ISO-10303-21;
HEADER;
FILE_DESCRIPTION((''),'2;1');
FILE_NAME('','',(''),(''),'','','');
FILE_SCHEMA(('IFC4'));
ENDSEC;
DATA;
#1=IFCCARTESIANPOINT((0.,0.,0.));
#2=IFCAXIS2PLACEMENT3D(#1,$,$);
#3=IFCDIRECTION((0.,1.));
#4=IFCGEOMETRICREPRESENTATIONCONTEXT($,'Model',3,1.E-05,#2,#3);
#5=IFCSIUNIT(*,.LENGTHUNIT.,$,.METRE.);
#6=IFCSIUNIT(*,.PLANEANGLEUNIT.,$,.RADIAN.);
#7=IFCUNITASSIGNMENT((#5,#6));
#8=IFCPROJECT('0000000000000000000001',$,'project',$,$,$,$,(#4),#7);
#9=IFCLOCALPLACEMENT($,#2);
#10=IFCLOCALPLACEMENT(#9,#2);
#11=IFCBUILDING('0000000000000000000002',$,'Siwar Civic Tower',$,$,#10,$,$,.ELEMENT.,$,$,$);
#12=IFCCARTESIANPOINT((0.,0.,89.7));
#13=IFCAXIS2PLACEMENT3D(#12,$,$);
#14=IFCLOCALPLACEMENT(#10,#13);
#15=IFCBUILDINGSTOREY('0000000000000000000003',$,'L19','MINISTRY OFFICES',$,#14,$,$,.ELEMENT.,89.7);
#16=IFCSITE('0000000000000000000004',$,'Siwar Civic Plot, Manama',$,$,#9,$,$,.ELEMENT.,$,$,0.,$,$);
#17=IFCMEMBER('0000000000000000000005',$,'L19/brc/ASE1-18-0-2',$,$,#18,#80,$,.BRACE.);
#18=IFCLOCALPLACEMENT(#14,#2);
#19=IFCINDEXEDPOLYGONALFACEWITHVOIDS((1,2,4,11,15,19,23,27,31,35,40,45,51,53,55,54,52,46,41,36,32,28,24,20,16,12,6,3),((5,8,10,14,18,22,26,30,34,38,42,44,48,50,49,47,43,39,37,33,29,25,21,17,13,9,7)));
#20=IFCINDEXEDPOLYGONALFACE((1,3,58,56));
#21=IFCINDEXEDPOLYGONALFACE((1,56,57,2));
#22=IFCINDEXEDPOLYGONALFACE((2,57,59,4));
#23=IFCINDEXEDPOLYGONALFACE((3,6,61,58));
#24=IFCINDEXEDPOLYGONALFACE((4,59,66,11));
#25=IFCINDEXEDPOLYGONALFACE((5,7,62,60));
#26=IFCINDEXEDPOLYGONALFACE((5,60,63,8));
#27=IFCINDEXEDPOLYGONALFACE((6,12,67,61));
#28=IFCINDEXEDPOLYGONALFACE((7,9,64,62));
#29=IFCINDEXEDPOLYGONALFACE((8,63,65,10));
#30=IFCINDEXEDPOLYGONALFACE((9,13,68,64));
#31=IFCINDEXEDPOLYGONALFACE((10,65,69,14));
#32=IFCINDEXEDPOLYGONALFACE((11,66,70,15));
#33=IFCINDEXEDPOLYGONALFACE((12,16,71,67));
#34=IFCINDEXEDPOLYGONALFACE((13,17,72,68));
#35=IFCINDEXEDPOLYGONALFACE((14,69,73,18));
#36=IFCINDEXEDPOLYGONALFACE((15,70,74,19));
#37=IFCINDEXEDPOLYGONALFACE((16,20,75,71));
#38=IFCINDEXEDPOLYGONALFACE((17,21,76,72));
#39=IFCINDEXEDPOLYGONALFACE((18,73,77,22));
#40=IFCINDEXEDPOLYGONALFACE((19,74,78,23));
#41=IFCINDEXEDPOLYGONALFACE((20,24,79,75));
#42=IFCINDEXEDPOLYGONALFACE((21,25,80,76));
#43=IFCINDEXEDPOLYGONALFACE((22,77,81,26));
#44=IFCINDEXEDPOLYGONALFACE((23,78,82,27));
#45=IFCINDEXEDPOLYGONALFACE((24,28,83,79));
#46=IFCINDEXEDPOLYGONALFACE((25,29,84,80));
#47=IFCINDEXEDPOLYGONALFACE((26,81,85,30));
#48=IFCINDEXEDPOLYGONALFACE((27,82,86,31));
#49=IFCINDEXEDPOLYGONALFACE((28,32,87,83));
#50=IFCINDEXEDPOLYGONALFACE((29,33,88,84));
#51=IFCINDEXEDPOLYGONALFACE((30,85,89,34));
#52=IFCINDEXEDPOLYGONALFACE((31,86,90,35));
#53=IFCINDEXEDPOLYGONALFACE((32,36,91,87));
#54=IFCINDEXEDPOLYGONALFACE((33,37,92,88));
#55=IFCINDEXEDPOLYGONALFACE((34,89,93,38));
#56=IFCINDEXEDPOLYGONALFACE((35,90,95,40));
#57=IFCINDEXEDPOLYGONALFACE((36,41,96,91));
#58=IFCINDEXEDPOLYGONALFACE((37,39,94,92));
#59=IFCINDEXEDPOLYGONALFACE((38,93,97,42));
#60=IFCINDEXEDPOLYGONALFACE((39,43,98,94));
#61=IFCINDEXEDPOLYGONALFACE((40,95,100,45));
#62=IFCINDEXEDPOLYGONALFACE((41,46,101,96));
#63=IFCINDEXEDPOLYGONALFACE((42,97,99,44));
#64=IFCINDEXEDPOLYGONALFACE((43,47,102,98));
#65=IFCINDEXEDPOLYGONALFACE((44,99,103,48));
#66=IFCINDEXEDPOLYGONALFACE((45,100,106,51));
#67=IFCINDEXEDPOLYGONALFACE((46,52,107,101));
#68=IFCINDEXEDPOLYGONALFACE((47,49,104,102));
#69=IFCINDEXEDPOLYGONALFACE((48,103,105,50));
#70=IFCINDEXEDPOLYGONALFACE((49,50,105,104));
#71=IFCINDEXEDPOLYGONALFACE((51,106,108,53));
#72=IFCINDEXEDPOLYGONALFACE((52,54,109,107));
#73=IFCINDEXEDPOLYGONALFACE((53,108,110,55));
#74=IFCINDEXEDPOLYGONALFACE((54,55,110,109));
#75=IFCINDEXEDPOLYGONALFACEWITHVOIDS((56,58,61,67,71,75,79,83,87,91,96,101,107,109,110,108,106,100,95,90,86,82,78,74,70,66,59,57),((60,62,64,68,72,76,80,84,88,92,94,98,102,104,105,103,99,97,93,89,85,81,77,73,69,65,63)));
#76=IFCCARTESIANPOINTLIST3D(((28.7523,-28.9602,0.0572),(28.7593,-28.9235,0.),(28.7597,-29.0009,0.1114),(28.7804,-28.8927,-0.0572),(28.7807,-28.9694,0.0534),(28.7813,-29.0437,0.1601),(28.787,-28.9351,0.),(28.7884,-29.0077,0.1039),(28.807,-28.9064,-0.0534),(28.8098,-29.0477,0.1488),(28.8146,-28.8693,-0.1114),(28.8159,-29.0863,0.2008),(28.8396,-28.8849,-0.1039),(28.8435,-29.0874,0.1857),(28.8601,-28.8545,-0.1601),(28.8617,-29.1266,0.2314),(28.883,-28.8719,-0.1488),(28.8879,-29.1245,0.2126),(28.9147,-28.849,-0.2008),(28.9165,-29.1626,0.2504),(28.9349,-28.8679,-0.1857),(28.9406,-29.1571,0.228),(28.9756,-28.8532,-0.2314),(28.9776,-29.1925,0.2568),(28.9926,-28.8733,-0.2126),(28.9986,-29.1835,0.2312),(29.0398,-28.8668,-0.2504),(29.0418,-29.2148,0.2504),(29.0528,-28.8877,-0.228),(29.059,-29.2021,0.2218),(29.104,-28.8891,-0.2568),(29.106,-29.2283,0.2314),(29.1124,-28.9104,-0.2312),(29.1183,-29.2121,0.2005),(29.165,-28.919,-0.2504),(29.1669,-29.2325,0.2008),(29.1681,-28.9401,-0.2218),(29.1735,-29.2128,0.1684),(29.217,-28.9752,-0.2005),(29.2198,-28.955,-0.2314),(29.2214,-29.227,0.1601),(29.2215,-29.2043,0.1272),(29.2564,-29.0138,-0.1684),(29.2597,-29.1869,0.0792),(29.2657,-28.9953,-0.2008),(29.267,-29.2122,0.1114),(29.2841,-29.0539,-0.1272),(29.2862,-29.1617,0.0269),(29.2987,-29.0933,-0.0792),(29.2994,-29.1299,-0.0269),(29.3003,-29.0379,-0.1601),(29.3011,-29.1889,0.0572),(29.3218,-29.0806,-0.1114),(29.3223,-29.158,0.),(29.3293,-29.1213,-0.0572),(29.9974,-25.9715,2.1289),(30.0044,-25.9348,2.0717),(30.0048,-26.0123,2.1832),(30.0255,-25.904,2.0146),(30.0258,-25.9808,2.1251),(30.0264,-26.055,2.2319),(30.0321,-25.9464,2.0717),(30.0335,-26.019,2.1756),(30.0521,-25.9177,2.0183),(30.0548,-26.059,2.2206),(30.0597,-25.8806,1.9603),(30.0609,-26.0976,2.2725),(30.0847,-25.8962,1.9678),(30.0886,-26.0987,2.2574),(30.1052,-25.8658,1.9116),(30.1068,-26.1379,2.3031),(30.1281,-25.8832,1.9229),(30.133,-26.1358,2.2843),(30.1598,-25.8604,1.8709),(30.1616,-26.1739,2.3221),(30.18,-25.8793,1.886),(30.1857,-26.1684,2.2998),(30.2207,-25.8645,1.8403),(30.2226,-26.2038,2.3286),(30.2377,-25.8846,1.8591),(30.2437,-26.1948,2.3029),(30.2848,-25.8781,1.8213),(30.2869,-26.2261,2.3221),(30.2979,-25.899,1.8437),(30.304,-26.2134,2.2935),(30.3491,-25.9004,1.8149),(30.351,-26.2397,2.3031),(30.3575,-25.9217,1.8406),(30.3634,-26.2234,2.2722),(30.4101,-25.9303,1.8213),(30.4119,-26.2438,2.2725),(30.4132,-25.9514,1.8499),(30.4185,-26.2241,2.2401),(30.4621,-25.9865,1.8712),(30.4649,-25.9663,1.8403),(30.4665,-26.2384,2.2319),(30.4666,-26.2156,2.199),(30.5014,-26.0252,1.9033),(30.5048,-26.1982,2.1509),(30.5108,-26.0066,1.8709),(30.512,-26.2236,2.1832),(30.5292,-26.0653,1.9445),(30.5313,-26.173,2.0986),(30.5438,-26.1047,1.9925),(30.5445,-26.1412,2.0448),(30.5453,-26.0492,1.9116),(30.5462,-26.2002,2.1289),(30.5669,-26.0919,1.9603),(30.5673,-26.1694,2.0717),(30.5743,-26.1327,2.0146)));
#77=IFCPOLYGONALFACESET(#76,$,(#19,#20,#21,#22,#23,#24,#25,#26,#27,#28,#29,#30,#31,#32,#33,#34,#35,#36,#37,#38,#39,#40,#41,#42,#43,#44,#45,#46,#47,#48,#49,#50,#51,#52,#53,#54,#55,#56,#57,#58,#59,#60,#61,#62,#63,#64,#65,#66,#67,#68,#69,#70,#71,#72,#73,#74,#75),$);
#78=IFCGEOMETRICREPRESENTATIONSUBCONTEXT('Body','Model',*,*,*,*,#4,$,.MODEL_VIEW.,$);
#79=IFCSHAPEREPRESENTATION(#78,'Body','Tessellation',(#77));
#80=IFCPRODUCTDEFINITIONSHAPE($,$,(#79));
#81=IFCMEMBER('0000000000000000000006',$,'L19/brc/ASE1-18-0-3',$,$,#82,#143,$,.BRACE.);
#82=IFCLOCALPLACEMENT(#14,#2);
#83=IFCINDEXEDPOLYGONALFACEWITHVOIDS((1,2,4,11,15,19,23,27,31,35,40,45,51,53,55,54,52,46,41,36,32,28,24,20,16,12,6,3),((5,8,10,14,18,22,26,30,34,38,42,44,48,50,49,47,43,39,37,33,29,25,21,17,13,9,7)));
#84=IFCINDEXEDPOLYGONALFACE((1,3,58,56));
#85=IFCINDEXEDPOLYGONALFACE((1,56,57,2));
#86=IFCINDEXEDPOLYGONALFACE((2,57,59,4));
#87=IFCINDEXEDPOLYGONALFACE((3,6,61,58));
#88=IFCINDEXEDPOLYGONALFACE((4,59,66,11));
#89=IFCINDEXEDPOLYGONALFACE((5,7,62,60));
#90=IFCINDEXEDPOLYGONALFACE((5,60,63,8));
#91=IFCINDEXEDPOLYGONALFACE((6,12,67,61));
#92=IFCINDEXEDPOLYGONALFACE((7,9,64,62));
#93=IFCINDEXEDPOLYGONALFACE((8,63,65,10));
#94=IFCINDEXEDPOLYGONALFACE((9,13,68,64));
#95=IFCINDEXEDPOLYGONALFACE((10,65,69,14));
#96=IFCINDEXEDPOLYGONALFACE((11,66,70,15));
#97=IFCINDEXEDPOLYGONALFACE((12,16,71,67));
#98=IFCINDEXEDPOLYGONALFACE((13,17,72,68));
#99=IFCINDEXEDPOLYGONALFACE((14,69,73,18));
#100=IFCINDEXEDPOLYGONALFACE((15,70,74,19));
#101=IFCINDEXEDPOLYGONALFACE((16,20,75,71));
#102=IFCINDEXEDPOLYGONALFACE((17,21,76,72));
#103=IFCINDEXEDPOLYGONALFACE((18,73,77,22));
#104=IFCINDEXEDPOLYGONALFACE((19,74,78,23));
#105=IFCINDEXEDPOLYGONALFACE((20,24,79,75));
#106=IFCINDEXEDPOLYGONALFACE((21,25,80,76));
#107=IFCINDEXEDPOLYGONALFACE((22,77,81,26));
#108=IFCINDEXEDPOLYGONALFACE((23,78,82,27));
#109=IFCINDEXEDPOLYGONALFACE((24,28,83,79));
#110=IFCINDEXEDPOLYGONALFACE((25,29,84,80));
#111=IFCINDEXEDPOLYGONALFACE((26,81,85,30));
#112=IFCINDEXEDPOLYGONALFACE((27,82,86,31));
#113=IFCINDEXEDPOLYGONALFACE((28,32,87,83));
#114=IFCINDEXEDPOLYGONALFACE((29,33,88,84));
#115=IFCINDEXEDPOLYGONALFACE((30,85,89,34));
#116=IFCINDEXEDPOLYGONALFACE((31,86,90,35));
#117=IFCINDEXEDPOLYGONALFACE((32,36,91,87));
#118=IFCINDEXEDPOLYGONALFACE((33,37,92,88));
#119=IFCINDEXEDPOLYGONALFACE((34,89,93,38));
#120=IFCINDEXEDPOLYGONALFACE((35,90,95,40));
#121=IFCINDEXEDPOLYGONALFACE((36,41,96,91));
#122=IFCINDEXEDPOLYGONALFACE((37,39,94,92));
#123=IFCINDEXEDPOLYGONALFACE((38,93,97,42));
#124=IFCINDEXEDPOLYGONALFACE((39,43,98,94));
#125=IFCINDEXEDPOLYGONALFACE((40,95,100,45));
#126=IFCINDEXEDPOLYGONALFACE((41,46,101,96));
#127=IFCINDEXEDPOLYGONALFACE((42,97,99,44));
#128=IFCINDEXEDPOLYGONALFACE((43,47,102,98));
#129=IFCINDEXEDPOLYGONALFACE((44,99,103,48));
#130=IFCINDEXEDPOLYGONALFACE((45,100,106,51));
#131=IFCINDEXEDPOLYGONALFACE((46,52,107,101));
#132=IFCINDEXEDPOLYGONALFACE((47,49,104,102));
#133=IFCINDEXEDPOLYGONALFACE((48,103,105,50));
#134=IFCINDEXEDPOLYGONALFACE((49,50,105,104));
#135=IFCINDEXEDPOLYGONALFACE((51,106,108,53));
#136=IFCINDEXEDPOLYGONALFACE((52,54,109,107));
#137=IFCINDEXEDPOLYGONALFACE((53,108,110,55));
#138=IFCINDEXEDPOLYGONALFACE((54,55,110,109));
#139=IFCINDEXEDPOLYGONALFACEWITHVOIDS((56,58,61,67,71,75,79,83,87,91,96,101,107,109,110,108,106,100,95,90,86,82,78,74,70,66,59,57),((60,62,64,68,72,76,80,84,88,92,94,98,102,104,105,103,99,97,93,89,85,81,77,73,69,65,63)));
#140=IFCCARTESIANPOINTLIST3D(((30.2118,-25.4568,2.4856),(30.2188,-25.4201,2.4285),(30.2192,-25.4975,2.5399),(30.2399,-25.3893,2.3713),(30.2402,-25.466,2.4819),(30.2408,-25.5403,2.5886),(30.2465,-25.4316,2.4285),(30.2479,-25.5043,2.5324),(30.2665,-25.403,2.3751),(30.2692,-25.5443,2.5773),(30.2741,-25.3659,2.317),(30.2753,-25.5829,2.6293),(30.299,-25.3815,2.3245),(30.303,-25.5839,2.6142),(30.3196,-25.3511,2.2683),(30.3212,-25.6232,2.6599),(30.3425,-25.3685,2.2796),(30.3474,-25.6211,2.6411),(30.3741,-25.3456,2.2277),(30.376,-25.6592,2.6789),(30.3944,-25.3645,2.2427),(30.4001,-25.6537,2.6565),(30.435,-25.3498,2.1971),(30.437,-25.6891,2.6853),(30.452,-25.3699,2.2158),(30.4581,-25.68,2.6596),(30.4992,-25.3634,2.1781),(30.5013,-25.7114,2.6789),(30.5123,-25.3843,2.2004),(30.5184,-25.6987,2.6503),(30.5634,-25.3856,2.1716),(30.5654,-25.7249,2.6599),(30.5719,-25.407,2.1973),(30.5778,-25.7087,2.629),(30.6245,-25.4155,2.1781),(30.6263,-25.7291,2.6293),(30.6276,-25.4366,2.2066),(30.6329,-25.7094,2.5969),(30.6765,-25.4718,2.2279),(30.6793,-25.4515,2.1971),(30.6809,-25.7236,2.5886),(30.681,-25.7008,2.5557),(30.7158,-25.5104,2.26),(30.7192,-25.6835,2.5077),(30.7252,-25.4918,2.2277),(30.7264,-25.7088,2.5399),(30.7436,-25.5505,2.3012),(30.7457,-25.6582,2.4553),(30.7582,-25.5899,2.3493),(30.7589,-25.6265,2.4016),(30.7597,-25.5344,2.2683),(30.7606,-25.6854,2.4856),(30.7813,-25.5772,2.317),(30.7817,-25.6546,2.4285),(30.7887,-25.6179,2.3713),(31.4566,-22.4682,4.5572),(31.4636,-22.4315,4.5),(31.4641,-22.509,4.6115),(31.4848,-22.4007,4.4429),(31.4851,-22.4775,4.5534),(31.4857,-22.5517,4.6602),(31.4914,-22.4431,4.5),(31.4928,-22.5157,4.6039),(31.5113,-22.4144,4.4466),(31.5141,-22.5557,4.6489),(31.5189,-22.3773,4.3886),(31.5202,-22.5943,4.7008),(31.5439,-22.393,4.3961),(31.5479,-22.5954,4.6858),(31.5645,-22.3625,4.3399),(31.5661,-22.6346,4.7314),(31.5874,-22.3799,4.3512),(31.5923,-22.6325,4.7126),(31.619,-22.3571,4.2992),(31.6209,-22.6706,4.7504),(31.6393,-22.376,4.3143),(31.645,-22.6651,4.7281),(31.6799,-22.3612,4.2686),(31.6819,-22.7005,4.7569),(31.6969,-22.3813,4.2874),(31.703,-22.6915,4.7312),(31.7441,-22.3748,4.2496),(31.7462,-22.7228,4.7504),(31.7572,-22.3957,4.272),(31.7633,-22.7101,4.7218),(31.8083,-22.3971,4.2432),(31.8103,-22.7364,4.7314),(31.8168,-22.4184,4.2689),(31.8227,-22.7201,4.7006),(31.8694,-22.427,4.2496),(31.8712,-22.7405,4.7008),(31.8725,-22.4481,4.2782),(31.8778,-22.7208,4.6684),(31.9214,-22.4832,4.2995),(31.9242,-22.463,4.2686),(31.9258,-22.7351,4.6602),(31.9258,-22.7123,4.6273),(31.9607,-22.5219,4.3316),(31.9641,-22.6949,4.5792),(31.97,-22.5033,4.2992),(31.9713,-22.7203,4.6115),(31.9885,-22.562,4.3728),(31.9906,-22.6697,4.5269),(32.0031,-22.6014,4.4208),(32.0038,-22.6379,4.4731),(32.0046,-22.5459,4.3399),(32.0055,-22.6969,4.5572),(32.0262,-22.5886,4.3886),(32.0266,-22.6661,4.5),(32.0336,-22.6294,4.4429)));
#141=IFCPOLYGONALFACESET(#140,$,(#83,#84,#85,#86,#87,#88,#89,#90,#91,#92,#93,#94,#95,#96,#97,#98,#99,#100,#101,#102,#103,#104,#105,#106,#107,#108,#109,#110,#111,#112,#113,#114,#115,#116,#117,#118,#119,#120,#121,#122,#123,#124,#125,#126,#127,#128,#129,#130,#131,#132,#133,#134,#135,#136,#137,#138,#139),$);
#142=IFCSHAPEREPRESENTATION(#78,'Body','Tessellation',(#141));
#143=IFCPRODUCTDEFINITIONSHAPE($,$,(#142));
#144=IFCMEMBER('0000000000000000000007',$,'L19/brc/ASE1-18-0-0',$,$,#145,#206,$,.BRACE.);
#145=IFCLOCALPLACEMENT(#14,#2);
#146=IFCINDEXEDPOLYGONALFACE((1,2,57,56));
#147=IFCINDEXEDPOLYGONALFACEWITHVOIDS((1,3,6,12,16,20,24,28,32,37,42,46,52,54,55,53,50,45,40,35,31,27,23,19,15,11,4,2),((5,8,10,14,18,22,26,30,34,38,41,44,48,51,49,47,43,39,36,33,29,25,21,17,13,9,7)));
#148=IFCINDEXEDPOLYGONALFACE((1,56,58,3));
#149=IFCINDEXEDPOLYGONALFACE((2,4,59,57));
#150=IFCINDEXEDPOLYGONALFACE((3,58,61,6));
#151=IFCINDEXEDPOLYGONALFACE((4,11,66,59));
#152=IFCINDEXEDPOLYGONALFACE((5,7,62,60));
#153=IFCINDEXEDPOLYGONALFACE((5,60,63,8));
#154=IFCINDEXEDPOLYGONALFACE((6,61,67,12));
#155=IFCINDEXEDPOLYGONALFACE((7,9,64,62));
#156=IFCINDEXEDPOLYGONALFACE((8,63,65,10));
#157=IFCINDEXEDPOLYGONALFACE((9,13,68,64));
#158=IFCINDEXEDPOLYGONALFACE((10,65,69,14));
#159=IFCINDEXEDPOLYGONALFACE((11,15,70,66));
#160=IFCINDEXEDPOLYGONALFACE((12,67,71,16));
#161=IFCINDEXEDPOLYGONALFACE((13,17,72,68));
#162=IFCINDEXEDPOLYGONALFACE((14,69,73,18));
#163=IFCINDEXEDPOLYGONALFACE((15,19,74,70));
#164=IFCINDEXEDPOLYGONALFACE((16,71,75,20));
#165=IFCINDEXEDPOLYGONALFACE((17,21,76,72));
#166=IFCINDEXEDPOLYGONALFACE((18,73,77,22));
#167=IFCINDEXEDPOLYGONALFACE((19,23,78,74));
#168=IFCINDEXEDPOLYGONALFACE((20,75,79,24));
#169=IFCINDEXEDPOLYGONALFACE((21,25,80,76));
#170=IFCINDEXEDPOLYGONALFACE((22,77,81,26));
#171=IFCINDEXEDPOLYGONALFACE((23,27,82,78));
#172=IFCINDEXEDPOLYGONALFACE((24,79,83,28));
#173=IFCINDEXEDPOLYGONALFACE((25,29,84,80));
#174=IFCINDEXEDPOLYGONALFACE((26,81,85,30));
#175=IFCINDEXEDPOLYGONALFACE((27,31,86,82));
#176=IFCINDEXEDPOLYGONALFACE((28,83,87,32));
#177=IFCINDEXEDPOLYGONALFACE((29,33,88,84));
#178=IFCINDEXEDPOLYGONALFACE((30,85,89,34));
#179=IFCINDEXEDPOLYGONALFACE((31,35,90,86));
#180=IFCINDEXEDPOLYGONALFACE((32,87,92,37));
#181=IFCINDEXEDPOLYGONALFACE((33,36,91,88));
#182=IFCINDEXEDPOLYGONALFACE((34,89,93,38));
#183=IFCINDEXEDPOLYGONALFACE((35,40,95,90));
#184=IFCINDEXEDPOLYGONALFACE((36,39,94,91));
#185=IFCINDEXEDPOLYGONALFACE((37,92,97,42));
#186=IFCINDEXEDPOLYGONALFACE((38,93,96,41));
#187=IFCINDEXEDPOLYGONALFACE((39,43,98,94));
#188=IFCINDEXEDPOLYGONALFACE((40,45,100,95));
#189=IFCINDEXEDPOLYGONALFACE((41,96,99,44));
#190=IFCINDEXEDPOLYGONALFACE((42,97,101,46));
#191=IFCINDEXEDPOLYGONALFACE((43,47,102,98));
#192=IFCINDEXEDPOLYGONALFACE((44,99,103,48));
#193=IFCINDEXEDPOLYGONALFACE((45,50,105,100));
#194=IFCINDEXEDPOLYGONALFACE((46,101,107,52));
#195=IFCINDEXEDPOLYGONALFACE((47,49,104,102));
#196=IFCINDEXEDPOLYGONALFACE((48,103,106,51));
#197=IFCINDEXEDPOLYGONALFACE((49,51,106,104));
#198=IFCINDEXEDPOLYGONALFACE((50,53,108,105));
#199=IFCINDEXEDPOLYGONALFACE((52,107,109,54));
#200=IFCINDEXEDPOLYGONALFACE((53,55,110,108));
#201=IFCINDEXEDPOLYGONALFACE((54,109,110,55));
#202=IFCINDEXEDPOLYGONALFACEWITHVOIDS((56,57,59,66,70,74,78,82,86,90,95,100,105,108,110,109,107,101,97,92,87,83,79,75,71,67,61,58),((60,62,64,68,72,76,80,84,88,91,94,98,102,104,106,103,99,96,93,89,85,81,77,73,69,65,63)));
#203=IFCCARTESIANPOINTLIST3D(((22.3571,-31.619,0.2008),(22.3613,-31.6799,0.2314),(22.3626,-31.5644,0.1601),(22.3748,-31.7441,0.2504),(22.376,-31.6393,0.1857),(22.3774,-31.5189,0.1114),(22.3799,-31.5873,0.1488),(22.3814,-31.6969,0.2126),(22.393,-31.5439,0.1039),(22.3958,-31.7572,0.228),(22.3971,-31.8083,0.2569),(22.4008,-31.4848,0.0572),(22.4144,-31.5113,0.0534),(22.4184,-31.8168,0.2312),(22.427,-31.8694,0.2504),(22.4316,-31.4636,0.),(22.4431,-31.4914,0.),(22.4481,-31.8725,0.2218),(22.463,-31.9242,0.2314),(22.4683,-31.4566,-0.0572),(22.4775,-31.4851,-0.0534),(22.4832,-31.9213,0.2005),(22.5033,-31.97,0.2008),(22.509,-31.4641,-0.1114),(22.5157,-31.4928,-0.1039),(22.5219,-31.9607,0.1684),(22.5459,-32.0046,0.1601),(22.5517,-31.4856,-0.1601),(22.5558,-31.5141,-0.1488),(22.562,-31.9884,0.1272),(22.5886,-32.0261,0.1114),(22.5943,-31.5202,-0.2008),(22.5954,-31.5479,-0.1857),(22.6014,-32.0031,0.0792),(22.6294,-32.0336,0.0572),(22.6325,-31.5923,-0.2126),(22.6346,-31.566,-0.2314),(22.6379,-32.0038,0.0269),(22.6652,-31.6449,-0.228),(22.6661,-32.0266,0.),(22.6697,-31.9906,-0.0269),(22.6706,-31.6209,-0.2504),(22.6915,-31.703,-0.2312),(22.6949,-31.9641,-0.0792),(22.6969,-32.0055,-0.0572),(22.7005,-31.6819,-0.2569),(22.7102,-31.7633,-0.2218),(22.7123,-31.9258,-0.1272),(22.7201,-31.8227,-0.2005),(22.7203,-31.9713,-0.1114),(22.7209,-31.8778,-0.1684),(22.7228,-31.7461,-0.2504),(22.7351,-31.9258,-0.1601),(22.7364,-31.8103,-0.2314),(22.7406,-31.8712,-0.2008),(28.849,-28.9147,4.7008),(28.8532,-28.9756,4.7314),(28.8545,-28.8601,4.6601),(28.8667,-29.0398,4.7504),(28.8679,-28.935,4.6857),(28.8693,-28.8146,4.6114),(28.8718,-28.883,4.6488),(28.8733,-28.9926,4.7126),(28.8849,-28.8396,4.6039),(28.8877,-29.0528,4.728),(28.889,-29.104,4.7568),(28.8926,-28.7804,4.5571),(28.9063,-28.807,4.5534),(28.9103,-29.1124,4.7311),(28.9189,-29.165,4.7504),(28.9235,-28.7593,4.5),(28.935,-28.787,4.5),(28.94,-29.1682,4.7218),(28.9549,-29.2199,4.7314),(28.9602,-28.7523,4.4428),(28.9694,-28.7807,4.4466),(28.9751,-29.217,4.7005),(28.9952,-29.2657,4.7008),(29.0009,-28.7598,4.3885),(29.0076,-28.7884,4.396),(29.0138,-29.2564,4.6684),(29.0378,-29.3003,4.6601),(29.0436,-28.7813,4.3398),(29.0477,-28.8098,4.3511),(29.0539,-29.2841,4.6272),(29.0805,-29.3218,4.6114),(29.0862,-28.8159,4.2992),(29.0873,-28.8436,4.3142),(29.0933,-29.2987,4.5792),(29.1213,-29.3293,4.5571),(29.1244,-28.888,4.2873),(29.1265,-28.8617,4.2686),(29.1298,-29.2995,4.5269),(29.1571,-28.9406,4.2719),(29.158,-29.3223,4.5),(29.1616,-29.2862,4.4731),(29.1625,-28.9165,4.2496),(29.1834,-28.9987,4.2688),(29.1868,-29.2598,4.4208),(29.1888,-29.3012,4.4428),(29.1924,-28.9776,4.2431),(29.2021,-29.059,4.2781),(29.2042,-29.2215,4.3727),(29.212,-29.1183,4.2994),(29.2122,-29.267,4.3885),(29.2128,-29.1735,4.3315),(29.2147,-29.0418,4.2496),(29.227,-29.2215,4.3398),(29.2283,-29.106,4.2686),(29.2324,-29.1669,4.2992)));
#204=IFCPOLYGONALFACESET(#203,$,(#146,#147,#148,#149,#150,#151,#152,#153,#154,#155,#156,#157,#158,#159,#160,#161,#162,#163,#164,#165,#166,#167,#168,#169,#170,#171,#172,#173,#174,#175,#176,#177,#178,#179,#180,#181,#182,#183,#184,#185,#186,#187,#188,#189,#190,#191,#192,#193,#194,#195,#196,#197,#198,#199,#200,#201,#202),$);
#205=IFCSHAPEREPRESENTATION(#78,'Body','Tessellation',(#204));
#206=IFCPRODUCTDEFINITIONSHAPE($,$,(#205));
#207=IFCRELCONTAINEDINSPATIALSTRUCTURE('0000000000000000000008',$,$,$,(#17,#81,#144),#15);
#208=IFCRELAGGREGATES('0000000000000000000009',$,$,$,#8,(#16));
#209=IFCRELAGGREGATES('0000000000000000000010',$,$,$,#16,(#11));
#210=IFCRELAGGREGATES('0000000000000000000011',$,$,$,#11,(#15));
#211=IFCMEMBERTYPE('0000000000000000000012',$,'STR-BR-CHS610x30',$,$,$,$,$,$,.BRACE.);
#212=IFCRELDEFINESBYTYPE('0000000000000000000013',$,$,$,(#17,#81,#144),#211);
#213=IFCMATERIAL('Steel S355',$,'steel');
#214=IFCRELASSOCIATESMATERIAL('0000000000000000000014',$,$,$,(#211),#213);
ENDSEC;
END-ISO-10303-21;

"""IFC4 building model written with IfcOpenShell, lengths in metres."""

from ifc_helpers import new_model, si_unit, direction, frame, origin, origin_2d, place, context, subcontext, project, spatial, hollow_circle, extrude, material, material_profile, profile_set, type_object, element, save


model = new_model("IFC4")

# Units and contexts
model_context = context("Model", 3, precision=1e-05, world=origin(), true_north=direction((0.0, 1.0)))
body_context = subcontext(model_context, "Body", "Model", "MODEL_VIEW")
ifc_project = project(units=[si_unit("LENGTHUNIT", "METRE"), si_unit("PLANEANGLEUNIT", "RADIAN")], contexts=[model_context])

# Site, building, storey
site_placement = place(None, origin())
site = spatial("IfcSite", under=ifc_project, at=site_placement, Name="Siwar Civic Plot, Manama", CompositionType="ELEMENT", RefElevation=0.0)
building_placement = place(site_placement, origin())
building = spatial("IfcBuilding", under=site, at=building_placement, Name="Siwar Civic Tower", CompositionType="ELEMENT")
storey_placement = place(building_placement, frame((0.0, 0.0, 89.7)))
storey = spatial("IfcBuildingStorey", under=building, at=storey_placement, Name="L19", Description="MINISTRY OFFICES", CompositionType="ELEMENT", Elevation=89.7)

# Members
ifc_material_1 = material(Name="Steel S355", Category="steel")
ifc_material_profile_1 = material_profile(ifc_material_1, hollow_circle(Radius=0.3049, WallThickness=0.03, at=origin_2d()), Name="CHS610x30")
ifc_profile_set_1 = profile_set([ifc_material_profile_1], Name="Steel S355")
member_type_1 = type_object("IfcMemberType", Name="STR-BR-CHS610x30", PredefinedType="BRACE", material=ifc_profile_set_1)
member_1_placement = place(storey_placement, frame((29.0408, -29.0408, 0.0), z_axis=(0.323923, 0.777542, 0.538982), x_axis=(-0.923099, 0.384562, 0.0)))
element("IfcMember", 1, at=member_1_placement, inside=storey, type_object=member_type_1, Name="L19/brc/ASE1-18-0-2", PredefinedType="BRACE", context=body_context, shape_type="SweptSolid", body=[
    extrude(hollow_circle(Radius=0.3049, WallThickness=0.03, at=origin_2d()), origin(), (0.0, 0.0, 1.0), 3.8438),
])
member_2_placement = place(storey_placement, frame((30.5002, -25.5374, 2.4285), z_axis=(0.323893, 0.77756, 0.538975), x_axis=(-0.923115, 0.384524, 0.0)))
element("IfcMember", 2, at=member_2_placement, inside=storey, type_object=member_type_1, Name="L19/brc/ASE1-18-0-3", PredefinedType="BRACE", context=body_context, shape_type="SweptSolid", body=[
    extrude(hollow_circle(Radius=0.3049, WallThickness=0.03, at=origin_2d()), origin(), (0.0, 0.0, 1.0), 3.8435),
])
member_3_placement = place(storey_placement, frame((22.5488, -31.7451, 0.0), z_axis=(0.777555, 0.323906, 0.538975), x_axis=(-0.384539, 0.923109, 0.0)))
element("IfcMember", 3, at=member_3_placement, inside=storey, type_object=member_type_1, Name="L19/brc/ASE1-18-0-0", PredefinedType="BRACE", context=body_context, shape_type="SweptSolid", body=[
    extrude(hollow_circle(Radius=0.3049, WallThickness=0.03, at=origin_2d()), origin(), (0.0, 0.0, 1.0), 8.3491),
])

save(model, "model.ifc")
